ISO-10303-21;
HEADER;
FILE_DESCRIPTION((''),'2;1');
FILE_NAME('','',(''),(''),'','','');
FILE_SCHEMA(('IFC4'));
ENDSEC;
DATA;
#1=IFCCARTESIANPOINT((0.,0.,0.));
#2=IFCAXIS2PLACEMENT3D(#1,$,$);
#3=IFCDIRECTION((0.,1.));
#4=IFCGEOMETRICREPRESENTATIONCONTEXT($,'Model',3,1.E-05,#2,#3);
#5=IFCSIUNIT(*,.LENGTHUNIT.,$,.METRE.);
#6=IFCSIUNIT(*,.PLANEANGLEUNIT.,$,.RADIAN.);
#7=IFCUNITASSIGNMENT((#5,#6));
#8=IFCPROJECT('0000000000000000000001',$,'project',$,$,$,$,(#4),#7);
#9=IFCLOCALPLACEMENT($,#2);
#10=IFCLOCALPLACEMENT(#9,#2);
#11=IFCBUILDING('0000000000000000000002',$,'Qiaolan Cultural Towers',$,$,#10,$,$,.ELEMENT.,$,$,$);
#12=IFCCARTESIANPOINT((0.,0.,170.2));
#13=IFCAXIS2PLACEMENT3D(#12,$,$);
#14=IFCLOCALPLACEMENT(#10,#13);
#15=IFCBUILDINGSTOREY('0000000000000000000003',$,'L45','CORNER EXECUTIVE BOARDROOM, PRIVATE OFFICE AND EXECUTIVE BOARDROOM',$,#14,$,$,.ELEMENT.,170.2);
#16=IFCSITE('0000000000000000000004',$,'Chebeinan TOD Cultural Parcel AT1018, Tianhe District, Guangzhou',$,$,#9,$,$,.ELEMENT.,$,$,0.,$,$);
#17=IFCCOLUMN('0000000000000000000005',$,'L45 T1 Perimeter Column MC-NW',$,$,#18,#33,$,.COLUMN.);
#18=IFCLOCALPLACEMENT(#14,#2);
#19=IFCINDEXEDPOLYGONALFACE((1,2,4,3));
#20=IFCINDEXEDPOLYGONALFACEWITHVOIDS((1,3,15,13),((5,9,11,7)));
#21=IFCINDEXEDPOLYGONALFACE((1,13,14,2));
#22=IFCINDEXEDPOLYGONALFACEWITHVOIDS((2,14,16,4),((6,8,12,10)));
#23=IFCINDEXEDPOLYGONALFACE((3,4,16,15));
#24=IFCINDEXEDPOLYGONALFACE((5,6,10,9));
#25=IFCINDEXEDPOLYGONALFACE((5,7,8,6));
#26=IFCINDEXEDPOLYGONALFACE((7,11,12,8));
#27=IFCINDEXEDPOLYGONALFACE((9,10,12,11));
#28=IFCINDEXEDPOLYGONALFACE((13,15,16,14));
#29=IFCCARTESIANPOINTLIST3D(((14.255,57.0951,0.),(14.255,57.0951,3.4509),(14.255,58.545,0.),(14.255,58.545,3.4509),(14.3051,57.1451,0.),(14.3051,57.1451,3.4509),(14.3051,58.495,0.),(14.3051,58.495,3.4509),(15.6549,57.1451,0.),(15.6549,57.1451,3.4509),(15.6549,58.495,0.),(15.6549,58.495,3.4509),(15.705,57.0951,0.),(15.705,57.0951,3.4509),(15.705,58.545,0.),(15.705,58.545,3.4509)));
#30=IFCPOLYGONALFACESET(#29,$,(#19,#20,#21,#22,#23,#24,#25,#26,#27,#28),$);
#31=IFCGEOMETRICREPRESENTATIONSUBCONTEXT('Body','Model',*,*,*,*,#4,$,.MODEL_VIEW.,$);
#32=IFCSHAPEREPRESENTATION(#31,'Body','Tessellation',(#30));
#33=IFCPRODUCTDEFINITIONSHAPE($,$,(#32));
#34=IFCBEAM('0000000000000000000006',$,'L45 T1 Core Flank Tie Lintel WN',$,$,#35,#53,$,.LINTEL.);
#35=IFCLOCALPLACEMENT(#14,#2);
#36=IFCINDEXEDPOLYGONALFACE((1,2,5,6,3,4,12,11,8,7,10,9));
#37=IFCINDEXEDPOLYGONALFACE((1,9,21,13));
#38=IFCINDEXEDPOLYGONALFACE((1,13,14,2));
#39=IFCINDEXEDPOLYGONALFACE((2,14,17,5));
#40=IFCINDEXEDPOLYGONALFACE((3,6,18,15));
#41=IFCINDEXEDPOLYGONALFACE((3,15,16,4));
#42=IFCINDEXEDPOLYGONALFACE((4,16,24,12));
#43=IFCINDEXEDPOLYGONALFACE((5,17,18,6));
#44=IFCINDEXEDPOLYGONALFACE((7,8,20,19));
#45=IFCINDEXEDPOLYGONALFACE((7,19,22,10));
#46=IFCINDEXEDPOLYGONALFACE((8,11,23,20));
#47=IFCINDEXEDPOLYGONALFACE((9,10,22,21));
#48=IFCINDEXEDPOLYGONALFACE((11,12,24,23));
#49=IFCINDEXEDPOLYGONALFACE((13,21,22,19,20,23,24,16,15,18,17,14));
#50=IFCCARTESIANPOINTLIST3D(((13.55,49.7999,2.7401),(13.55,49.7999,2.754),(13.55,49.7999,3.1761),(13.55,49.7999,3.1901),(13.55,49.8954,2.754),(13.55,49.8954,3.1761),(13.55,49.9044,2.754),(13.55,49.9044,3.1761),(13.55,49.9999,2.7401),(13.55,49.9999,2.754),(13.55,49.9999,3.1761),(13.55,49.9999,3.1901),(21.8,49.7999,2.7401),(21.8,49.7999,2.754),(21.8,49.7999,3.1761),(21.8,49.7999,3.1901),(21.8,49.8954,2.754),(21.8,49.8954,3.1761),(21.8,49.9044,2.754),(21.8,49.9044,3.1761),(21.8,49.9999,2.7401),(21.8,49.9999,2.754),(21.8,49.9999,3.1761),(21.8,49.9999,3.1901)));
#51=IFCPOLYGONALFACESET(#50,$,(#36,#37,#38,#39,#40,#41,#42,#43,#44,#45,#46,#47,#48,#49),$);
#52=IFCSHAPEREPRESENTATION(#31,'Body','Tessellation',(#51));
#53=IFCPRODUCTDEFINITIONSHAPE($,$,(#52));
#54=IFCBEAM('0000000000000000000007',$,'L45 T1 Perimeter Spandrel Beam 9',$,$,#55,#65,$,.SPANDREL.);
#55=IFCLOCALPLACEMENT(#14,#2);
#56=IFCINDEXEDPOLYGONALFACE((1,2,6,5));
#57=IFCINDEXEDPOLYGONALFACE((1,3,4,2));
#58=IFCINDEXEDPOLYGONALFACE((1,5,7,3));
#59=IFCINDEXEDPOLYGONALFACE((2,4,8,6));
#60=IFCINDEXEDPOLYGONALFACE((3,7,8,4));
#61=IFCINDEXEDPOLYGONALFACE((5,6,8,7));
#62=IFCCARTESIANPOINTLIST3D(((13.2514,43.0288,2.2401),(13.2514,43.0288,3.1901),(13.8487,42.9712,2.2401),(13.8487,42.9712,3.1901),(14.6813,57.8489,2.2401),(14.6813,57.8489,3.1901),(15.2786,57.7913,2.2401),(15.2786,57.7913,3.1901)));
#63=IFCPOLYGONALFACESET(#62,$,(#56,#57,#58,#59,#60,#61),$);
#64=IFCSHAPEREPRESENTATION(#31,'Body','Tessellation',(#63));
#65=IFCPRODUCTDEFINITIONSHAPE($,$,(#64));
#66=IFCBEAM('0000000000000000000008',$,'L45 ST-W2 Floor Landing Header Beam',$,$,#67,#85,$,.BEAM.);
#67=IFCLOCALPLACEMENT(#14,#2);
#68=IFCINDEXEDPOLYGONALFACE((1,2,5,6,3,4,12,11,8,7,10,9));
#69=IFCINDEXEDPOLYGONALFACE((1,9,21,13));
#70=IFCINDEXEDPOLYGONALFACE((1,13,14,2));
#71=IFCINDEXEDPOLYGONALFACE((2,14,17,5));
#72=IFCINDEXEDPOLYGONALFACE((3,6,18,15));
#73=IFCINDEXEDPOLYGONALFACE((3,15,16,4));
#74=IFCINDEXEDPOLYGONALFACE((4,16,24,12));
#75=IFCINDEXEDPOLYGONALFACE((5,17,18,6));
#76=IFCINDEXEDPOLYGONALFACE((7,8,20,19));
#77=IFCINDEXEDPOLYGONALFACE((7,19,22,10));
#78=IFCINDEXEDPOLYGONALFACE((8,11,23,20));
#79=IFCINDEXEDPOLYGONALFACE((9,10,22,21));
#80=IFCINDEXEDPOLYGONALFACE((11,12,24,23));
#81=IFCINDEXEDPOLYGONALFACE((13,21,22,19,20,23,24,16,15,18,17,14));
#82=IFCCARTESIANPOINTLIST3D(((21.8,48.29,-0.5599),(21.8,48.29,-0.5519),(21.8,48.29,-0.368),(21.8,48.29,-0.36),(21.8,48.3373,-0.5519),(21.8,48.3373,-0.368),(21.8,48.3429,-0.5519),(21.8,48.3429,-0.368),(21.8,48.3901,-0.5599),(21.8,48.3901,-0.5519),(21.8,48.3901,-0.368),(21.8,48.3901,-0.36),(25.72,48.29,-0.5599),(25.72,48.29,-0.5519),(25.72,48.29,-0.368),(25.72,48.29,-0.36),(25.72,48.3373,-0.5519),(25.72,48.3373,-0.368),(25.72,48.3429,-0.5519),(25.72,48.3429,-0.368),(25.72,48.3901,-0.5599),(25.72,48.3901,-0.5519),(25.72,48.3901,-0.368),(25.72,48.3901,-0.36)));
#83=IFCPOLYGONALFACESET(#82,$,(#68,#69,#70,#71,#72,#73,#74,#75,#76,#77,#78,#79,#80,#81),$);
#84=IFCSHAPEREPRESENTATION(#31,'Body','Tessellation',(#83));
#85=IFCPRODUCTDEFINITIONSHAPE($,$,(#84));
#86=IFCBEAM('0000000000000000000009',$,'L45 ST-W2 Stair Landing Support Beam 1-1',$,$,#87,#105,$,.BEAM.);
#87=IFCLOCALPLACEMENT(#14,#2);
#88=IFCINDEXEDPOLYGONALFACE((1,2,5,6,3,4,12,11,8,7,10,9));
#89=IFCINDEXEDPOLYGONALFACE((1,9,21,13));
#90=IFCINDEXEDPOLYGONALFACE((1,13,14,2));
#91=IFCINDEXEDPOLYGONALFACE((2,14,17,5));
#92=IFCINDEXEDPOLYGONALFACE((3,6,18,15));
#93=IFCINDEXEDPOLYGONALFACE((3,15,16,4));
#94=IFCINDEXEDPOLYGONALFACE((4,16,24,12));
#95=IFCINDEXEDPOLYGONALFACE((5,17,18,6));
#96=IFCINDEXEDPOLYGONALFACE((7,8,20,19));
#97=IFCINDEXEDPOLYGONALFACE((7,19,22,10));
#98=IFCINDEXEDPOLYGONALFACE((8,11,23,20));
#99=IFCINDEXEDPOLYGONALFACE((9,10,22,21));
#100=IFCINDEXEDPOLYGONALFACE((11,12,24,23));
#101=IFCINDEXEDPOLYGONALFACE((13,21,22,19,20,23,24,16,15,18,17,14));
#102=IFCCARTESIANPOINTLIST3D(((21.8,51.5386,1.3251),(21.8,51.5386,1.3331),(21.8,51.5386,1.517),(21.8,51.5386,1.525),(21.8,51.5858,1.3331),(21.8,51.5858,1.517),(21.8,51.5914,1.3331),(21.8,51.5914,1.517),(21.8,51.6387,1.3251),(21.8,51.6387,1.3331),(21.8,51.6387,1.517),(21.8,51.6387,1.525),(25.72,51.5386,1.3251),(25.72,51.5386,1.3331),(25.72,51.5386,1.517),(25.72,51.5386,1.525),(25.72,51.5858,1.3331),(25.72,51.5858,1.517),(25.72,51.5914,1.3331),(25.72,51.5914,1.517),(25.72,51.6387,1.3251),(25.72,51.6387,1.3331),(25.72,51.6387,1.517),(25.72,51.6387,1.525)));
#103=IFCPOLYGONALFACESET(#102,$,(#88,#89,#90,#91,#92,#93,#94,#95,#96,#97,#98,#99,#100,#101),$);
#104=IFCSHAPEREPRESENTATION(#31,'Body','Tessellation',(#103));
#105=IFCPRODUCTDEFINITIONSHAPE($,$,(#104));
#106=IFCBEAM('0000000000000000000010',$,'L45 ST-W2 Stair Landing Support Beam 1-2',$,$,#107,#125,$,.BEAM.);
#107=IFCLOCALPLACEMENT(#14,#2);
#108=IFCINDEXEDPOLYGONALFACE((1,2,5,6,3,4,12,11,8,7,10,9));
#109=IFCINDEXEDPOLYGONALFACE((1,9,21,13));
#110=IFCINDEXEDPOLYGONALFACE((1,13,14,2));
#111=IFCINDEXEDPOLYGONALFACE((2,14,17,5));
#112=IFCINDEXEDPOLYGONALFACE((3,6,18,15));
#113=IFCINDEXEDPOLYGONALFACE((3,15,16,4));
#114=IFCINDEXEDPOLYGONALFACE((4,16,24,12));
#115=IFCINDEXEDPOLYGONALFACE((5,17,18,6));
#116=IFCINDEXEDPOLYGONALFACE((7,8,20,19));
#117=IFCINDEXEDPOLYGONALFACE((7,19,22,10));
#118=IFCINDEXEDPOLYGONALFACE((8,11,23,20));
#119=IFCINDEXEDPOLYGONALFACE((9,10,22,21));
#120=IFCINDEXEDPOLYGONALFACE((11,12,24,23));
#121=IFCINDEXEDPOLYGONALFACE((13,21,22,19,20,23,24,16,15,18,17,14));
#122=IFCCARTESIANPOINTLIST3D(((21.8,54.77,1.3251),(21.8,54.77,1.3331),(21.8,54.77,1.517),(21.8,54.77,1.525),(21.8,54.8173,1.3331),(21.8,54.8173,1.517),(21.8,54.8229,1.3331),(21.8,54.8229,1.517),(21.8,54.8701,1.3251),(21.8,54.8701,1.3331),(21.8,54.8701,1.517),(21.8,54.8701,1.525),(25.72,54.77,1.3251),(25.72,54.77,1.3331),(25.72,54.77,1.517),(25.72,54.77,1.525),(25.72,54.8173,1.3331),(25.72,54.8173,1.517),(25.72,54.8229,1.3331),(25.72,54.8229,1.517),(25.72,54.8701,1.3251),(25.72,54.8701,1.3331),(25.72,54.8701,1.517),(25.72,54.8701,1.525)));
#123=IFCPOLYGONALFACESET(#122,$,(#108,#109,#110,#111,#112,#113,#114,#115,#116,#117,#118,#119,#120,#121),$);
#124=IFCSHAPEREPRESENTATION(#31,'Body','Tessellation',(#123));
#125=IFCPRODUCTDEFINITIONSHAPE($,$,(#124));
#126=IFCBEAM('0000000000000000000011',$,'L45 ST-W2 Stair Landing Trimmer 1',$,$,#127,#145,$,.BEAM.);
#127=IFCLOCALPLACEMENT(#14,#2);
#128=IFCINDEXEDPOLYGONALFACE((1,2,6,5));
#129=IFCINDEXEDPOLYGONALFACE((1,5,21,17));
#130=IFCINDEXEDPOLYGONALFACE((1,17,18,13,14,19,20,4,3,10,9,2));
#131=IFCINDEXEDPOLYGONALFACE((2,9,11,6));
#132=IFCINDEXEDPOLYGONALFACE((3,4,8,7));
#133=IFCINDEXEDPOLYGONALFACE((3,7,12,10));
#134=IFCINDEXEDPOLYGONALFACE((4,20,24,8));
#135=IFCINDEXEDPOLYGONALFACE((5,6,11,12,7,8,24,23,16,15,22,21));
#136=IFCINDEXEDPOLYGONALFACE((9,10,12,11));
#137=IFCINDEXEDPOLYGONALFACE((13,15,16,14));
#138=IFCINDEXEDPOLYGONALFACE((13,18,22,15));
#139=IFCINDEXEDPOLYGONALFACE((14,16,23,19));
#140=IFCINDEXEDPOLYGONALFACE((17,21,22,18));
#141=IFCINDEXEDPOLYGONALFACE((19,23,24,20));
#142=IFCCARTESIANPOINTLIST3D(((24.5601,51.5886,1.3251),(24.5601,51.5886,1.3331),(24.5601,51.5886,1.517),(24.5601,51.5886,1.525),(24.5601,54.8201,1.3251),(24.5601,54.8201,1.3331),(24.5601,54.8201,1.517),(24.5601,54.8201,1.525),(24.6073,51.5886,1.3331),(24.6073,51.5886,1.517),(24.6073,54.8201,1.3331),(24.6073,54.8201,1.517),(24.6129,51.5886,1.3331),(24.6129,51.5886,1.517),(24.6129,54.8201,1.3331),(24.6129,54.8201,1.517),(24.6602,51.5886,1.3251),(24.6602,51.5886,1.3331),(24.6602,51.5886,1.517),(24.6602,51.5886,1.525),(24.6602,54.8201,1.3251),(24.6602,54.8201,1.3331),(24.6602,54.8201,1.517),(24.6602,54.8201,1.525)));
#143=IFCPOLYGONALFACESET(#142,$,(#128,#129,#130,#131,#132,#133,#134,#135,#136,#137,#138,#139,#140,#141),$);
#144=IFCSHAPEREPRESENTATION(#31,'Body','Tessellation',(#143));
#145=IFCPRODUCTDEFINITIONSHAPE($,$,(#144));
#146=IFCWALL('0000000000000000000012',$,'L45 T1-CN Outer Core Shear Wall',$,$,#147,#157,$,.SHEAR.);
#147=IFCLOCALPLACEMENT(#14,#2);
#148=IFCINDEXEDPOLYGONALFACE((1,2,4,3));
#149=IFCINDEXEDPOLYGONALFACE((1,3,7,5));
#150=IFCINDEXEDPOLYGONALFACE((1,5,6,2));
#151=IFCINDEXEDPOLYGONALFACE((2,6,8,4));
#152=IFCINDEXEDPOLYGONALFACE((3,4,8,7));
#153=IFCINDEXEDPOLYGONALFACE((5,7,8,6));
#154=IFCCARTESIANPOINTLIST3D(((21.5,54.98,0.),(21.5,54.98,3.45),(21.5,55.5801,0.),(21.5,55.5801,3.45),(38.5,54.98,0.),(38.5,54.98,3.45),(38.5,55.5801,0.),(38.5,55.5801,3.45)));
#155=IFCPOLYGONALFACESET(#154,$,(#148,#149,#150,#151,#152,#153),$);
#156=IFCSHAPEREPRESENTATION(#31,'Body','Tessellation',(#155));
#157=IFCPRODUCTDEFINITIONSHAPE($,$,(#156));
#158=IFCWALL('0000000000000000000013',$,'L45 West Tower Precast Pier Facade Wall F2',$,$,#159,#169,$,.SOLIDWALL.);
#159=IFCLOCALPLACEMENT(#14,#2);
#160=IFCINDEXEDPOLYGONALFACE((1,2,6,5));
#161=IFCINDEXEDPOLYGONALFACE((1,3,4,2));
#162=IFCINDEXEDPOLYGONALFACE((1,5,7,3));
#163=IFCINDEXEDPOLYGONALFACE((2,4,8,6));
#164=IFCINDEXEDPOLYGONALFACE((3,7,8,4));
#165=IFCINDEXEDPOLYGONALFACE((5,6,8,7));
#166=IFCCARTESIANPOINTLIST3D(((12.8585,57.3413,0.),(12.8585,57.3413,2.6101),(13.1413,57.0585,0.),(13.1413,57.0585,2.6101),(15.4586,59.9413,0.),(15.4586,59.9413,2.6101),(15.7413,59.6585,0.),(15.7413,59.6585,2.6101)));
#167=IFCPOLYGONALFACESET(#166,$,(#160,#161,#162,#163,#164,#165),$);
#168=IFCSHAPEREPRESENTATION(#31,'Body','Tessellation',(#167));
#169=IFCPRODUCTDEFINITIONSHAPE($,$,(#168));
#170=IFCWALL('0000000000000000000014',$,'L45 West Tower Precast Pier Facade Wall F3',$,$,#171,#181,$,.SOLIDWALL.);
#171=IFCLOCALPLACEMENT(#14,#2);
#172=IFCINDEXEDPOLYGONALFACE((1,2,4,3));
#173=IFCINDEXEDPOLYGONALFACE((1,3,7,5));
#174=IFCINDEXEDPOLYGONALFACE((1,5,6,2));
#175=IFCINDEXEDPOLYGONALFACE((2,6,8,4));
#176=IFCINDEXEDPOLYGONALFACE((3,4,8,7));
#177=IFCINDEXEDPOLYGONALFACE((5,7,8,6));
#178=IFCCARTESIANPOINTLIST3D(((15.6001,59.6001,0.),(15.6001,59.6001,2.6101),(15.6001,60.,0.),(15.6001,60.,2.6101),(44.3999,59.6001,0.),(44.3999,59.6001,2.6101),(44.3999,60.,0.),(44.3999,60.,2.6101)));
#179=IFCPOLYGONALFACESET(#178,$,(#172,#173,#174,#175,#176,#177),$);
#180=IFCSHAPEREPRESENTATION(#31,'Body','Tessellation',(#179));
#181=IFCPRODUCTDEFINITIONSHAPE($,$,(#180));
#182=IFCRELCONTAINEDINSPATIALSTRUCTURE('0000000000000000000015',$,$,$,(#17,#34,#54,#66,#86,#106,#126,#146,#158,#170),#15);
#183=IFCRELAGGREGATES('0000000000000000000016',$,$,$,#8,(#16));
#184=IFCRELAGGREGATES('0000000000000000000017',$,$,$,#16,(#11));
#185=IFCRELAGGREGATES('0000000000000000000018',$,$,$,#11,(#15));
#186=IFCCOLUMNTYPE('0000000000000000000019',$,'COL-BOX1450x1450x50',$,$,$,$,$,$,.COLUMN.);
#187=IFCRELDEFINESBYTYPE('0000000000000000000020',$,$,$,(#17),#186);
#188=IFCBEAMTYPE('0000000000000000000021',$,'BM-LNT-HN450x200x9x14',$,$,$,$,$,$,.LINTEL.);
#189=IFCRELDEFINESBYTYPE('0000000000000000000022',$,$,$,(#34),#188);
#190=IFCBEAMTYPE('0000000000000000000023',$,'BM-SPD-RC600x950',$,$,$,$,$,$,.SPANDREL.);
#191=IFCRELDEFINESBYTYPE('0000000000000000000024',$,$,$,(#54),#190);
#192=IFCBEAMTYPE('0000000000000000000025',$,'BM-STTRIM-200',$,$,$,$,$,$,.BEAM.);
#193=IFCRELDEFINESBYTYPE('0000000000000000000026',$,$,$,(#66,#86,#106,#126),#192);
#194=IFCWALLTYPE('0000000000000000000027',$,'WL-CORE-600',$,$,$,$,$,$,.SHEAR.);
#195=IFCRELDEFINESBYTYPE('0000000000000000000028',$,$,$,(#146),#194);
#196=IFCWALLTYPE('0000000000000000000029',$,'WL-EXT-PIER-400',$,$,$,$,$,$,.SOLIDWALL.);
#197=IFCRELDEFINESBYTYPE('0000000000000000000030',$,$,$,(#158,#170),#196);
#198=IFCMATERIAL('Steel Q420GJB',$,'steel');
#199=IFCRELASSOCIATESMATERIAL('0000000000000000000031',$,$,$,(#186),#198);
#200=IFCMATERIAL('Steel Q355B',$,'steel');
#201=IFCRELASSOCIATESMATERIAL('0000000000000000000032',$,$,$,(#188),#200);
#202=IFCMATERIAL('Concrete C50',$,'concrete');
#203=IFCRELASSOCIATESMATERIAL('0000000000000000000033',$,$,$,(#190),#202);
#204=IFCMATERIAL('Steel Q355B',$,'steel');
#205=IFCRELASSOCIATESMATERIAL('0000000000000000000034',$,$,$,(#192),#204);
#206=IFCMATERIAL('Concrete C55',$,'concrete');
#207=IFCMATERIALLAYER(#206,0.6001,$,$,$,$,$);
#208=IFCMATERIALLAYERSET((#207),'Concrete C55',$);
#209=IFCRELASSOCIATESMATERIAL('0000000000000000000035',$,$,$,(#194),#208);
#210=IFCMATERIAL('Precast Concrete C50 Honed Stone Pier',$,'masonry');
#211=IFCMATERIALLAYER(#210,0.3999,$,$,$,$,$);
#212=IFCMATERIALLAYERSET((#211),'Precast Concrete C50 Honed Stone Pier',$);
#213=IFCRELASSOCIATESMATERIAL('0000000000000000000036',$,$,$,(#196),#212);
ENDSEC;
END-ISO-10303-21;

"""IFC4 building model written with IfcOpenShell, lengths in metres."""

from ifc_helpers import new_model, si_unit, direction, frame, frame_2d, origin, origin_2d, place, context, subcontext, project, spatial, rectangle, hollow_rectangle, i_section, extrude, material, layer, layer_set, material_profile, profile_set, type_object, element, save


model = new_model("IFC4")

# Units and contexts
model_context = context("Model", 3, precision=1e-05, world=origin(), true_north=direction((0.0, 1.0)))
body_context = subcontext(model_context, "Body", "Model", "MODEL_VIEW")
ifc_project = project(units=[si_unit("LENGTHUNIT", "METRE"), si_unit("PLANEANGLEUNIT", "RADIAN")], contexts=[model_context])

# Site, building, storey
site_placement = place(None, origin())
site = spatial("IfcSite", under=ifc_project, at=site_placement, Name="Chebeinan TOD Cultural Parcel AT1018, Tianhe District, Guangzhou", CompositionType="ELEMENT", RefElevation=0.0)
building_placement = place(site_placement, origin())
building = spatial("IfcBuilding", under=site, at=building_placement, Name="Qiaolan Cultural Towers", CompositionType="ELEMENT")
storey_placement = place(building_placement, frame((0.0, 0.0, 170.2)))
storey = spatial("IfcBuildingStorey", under=building, at=storey_placement, Name="L45", Description="CORNER EXECUTIVE BOARDROOM, PRIVATE OFFICE AND EXECUTIVE BOARDROOM", CompositionType="ELEMENT", Elevation=170.2)

# Column
ifc_material_1 = material(Name="Steel Q420GJB", Category="steel")
ifc_material_profile_1 = material_profile(ifc_material_1, hollow_rectangle(XDim=1.45, YDim=1.45, WallThickness=0.05, at=origin_2d()), Name="BOX1450x1450x50")
ifc_profile_set_1 = profile_set([ifc_material_profile_1], Name="Steel Q420GJB")
column_type = type_object("IfcColumnType", Name="COL-BOX1450x1450x50", PredefinedType="COLUMN", material=ifc_profile_set_1)
column_placement = place(storey_placement, frame((14.98, 57.8201, 0.0), z_axis=(0.0, 0.0, 1.0), x_axis=(1.0, 0.0, 0.0)))
element("IfcColumn", 1, at=column_placement, inside=storey, type_object=column_type, Name="L45 T1 Perimeter Column MC-NW", PredefinedType="COLUMN", context=body_context, shape_type="SweptSolid", body=[
    extrude(hollow_rectangle(XDim=1.45, YDim=1.45, WallThickness=0.05, at=origin_2d()), origin(), (0.0, 0.0, 1.0), 3.4509),
])

# Beams
ifc_material_2 = material(Name="Steel Q355B", Category="steel")
ifc_material_profile_2 = material_profile(ifc_material_2, i_section(OverallWidth=0.2, OverallDepth=0.45, WebThickness=0.009, FlangeThickness=0.0139, at=origin_2d()), Name="HN450x200x9x14")
ifc_profile_set_2 = profile_set([ifc_material_profile_2], Name="Steel Q355B")
beam_type_1 = type_object("IfcBeamType", Name="BM-LNT-HN450x200x9x14", PredefinedType="LINTEL", material=ifc_profile_set_2)
beam_1_placement = place(storey_placement, frame((21.8, 49.8999, 2.9651), z_axis=(-1.0, 0.0, 0.0), x_axis=(0.0, -1.0, 0.0)))
element("IfcBeam", 2, at=beam_1_placement, inside=storey, type_object=beam_type_1, Name="L45 T1 Core Flank Tie Lintel WN", PredefinedType="LINTEL", context=body_context, shape_type="SweptSolid", body=[
    extrude(i_section(OverallWidth=0.2, OverallDepth=0.45, WebThickness=0.009, FlangeThickness=0.0139, at=origin_2d()), origin(), (0.0, 0.0, 1.0), 8.25),
])
ifc_material_3 = material(Name="Concrete C50", Category="concrete")
ifc_material_profile_3 = material_profile(ifc_material_3, rectangle(XDim=0.6001, YDim=0.95, at=origin_2d()), Name="RC600x950")
ifc_profile_set_3 = profile_set([ifc_material_profile_3], Name="Concrete C50")
beam_type_2 = type_object("IfcBeamType", Name="BM-SPD-RC600x950", PredefinedType="SPANDREL", material=ifc_profile_set_3)
beam_2_placement = place(storey_placement, frame((14.98, 57.8201, 2.7151), z_axis=(-0.09604, -0.995377, 0.0), x_axis=(0.995377, -0.09604, 0.0)))
element("IfcBeam", 3, at=beam_2_placement, inside=storey, type_object=beam_type_2, Name="L45 T1 Perimeter Spandrel Beam 9", PredefinedType="SPANDREL", context=body_context, shape_type="SweptSolid", body=[
    extrude(rectangle(XDim=0.6001, YDim=0.95, at=origin_2d()), origin(), (0.0, 0.0, 1.0), 14.8889),
])
ifc_material_4 = material(Name="Steel Q355B", Category="steel")
ifc_material_profile_4 = material_profile(ifc_material_4, i_section(OverallWidth=0.1001, OverallDepth=0.2, WebThickness=0.0056, FlangeThickness=0.0081, at=origin_2d()), Name="HN200x100x5.5x8")
ifc_profile_set_4 = profile_set([ifc_material_profile_4], Name="Steel Q355B")
beam_type_3 = type_object("IfcBeamType", Name="BM-STTRIM-200", PredefinedType="BEAM", material=ifc_profile_set_4)
for number, where, z_axis, x_axis, name in (
    (4, (21.8, 48.3401, -0.46), (1.0, 0.0, 0.0), (0.0, 1.0, 0.0), "L45 ST-W2 Floor Landing Header Beam"),
    (5, (21.8, 51.5886, 1.425), (1.0, 0.0, 0.0), (0.0, 1.0, 0.0), "L45 ST-W2 Stair Landing Support Beam 1-1"),
    (6, (21.8, 54.8201, 1.425), (1.0, 0.0, 0.0), (0.0, 1.0, 0.0), "L45 ST-W2 Stair Landing Support Beam 1-2"),
):
    element("IfcBeam", number, at=place(storey_placement, frame(where, z_axis=z_axis, x_axis=x_axis)), inside=storey, type_object=beam_type_3, Name=name, PredefinedType="BEAM", context=body_context, shape_type="SweptSolid", body=[
        extrude(i_section(OverallWidth=0.1001, OverallDepth=0.2, WebThickness=0.0056, FlangeThickness=0.0081, at=origin_2d()), origin(), (0.0, 0.0, 1.0), 3.9199),
    ])
beam_3_placement = place(storey_placement, frame((24.6101, 51.5886, 1.425), z_axis=(0.0, 1.0, 0.0), x_axis=(-1.0, 0.0, 0.0)))
element("IfcBeam", 7, at=beam_3_placement, inside=storey, type_object=beam_type_3, Name="L45 ST-W2 Stair Landing Trimmer 1", PredefinedType="BEAM", context=body_context, shape_type="SweptSolid", body=[
    extrude(i_section(OverallWidth=0.1001, OverallDepth=0.2, WebThickness=0.0056, FlangeThickness=0.0081, at=origin_2d()), origin(), (0.0, 0.0, 1.0), 3.2314),
])

# Walls
ifc_material_5 = material(Name="Concrete C55", Category="concrete")
ifc_layer_1 = layer(ifc_material_5, 0.6001)
ifc_layer_set_1 = layer_set([ifc_layer_1], Name="Concrete C55")
wall_type_1 = type_object("IfcWallType", Name="WL-CORE-600", PredefinedType="SHEAR", material=ifc_layer_set_1)
wall_1_placement = place(storey_placement, frame((21.5, 55.28, 0.0), z_axis=(0.0, 0.0, 1.0), x_axis=(1.0, 0.0, 0.0)))
element("IfcWall", 8, at=wall_1_placement, inside=storey, type_object=wall_type_1, Name="L45 T1-CN Outer Core Shear Wall", PredefinedType="SHEAR", context=body_context, shape_type="SweptSolid", body=[
    extrude(rectangle(XDim=17.0, YDim=0.6001, at=frame_2d((8.5, 0.0))), origin(), (0.0, 0.0, 1.0), 3.45),
])
ifc_material_6 = material(Name="Precast Concrete C50 Honed Stone Pier", Category="masonry")
ifc_layer_2 = layer(ifc_material_6, 0.3999)
ifc_layer_set_2 = layer_set([ifc_layer_2], Name="Precast Concrete C50 Honed Stone Pier")
wall_type_2 = type_object("IfcWallType", Name="WL-EXT-PIER-400", PredefinedType="SOLIDWALL", material=ifc_layer_set_2)
wall_2_placement = place(storey_placement, frame((13.0, 57.2, 0.0), z_axis=(0.0, 0.0, 1.0), x_axis=(0.707107, 0.707107, 0.0)))
element("IfcWall", 9, at=wall_2_placement, inside=storey, type_object=wall_type_2, Name="L45 West Tower Precast Pier Facade Wall F2", PredefinedType="SOLIDWALL", context=body_context, shape_type="SweptSolid", body=[
    extrude(rectangle(XDim=3.677, YDim=0.3999, at=frame_2d((1.8384, 0.0))), origin(), (0.0, 0.0, 1.0), 2.6101),
])
wall_3_placement = place(storey_placement, frame((15.6001, 59.8, 0.0), z_axis=(0.0, 0.0, 1.0), x_axis=(1.0, 0.0, 0.0)))
element("IfcWall", 10, at=wall_3_placement, inside=storey, type_object=wall_type_2, Name="L45 West Tower Precast Pier Facade Wall F3", PredefinedType="SOLIDWALL", context=body_context, shape_type="SweptSolid", body=[
    extrude(rectangle(XDim=28.7998, YDim=0.3999, at=frame_2d((14.3999, 0.0))), origin(), (0.0, 0.0, 1.0), 2.6101),
])

save(model, "model.ifc")
